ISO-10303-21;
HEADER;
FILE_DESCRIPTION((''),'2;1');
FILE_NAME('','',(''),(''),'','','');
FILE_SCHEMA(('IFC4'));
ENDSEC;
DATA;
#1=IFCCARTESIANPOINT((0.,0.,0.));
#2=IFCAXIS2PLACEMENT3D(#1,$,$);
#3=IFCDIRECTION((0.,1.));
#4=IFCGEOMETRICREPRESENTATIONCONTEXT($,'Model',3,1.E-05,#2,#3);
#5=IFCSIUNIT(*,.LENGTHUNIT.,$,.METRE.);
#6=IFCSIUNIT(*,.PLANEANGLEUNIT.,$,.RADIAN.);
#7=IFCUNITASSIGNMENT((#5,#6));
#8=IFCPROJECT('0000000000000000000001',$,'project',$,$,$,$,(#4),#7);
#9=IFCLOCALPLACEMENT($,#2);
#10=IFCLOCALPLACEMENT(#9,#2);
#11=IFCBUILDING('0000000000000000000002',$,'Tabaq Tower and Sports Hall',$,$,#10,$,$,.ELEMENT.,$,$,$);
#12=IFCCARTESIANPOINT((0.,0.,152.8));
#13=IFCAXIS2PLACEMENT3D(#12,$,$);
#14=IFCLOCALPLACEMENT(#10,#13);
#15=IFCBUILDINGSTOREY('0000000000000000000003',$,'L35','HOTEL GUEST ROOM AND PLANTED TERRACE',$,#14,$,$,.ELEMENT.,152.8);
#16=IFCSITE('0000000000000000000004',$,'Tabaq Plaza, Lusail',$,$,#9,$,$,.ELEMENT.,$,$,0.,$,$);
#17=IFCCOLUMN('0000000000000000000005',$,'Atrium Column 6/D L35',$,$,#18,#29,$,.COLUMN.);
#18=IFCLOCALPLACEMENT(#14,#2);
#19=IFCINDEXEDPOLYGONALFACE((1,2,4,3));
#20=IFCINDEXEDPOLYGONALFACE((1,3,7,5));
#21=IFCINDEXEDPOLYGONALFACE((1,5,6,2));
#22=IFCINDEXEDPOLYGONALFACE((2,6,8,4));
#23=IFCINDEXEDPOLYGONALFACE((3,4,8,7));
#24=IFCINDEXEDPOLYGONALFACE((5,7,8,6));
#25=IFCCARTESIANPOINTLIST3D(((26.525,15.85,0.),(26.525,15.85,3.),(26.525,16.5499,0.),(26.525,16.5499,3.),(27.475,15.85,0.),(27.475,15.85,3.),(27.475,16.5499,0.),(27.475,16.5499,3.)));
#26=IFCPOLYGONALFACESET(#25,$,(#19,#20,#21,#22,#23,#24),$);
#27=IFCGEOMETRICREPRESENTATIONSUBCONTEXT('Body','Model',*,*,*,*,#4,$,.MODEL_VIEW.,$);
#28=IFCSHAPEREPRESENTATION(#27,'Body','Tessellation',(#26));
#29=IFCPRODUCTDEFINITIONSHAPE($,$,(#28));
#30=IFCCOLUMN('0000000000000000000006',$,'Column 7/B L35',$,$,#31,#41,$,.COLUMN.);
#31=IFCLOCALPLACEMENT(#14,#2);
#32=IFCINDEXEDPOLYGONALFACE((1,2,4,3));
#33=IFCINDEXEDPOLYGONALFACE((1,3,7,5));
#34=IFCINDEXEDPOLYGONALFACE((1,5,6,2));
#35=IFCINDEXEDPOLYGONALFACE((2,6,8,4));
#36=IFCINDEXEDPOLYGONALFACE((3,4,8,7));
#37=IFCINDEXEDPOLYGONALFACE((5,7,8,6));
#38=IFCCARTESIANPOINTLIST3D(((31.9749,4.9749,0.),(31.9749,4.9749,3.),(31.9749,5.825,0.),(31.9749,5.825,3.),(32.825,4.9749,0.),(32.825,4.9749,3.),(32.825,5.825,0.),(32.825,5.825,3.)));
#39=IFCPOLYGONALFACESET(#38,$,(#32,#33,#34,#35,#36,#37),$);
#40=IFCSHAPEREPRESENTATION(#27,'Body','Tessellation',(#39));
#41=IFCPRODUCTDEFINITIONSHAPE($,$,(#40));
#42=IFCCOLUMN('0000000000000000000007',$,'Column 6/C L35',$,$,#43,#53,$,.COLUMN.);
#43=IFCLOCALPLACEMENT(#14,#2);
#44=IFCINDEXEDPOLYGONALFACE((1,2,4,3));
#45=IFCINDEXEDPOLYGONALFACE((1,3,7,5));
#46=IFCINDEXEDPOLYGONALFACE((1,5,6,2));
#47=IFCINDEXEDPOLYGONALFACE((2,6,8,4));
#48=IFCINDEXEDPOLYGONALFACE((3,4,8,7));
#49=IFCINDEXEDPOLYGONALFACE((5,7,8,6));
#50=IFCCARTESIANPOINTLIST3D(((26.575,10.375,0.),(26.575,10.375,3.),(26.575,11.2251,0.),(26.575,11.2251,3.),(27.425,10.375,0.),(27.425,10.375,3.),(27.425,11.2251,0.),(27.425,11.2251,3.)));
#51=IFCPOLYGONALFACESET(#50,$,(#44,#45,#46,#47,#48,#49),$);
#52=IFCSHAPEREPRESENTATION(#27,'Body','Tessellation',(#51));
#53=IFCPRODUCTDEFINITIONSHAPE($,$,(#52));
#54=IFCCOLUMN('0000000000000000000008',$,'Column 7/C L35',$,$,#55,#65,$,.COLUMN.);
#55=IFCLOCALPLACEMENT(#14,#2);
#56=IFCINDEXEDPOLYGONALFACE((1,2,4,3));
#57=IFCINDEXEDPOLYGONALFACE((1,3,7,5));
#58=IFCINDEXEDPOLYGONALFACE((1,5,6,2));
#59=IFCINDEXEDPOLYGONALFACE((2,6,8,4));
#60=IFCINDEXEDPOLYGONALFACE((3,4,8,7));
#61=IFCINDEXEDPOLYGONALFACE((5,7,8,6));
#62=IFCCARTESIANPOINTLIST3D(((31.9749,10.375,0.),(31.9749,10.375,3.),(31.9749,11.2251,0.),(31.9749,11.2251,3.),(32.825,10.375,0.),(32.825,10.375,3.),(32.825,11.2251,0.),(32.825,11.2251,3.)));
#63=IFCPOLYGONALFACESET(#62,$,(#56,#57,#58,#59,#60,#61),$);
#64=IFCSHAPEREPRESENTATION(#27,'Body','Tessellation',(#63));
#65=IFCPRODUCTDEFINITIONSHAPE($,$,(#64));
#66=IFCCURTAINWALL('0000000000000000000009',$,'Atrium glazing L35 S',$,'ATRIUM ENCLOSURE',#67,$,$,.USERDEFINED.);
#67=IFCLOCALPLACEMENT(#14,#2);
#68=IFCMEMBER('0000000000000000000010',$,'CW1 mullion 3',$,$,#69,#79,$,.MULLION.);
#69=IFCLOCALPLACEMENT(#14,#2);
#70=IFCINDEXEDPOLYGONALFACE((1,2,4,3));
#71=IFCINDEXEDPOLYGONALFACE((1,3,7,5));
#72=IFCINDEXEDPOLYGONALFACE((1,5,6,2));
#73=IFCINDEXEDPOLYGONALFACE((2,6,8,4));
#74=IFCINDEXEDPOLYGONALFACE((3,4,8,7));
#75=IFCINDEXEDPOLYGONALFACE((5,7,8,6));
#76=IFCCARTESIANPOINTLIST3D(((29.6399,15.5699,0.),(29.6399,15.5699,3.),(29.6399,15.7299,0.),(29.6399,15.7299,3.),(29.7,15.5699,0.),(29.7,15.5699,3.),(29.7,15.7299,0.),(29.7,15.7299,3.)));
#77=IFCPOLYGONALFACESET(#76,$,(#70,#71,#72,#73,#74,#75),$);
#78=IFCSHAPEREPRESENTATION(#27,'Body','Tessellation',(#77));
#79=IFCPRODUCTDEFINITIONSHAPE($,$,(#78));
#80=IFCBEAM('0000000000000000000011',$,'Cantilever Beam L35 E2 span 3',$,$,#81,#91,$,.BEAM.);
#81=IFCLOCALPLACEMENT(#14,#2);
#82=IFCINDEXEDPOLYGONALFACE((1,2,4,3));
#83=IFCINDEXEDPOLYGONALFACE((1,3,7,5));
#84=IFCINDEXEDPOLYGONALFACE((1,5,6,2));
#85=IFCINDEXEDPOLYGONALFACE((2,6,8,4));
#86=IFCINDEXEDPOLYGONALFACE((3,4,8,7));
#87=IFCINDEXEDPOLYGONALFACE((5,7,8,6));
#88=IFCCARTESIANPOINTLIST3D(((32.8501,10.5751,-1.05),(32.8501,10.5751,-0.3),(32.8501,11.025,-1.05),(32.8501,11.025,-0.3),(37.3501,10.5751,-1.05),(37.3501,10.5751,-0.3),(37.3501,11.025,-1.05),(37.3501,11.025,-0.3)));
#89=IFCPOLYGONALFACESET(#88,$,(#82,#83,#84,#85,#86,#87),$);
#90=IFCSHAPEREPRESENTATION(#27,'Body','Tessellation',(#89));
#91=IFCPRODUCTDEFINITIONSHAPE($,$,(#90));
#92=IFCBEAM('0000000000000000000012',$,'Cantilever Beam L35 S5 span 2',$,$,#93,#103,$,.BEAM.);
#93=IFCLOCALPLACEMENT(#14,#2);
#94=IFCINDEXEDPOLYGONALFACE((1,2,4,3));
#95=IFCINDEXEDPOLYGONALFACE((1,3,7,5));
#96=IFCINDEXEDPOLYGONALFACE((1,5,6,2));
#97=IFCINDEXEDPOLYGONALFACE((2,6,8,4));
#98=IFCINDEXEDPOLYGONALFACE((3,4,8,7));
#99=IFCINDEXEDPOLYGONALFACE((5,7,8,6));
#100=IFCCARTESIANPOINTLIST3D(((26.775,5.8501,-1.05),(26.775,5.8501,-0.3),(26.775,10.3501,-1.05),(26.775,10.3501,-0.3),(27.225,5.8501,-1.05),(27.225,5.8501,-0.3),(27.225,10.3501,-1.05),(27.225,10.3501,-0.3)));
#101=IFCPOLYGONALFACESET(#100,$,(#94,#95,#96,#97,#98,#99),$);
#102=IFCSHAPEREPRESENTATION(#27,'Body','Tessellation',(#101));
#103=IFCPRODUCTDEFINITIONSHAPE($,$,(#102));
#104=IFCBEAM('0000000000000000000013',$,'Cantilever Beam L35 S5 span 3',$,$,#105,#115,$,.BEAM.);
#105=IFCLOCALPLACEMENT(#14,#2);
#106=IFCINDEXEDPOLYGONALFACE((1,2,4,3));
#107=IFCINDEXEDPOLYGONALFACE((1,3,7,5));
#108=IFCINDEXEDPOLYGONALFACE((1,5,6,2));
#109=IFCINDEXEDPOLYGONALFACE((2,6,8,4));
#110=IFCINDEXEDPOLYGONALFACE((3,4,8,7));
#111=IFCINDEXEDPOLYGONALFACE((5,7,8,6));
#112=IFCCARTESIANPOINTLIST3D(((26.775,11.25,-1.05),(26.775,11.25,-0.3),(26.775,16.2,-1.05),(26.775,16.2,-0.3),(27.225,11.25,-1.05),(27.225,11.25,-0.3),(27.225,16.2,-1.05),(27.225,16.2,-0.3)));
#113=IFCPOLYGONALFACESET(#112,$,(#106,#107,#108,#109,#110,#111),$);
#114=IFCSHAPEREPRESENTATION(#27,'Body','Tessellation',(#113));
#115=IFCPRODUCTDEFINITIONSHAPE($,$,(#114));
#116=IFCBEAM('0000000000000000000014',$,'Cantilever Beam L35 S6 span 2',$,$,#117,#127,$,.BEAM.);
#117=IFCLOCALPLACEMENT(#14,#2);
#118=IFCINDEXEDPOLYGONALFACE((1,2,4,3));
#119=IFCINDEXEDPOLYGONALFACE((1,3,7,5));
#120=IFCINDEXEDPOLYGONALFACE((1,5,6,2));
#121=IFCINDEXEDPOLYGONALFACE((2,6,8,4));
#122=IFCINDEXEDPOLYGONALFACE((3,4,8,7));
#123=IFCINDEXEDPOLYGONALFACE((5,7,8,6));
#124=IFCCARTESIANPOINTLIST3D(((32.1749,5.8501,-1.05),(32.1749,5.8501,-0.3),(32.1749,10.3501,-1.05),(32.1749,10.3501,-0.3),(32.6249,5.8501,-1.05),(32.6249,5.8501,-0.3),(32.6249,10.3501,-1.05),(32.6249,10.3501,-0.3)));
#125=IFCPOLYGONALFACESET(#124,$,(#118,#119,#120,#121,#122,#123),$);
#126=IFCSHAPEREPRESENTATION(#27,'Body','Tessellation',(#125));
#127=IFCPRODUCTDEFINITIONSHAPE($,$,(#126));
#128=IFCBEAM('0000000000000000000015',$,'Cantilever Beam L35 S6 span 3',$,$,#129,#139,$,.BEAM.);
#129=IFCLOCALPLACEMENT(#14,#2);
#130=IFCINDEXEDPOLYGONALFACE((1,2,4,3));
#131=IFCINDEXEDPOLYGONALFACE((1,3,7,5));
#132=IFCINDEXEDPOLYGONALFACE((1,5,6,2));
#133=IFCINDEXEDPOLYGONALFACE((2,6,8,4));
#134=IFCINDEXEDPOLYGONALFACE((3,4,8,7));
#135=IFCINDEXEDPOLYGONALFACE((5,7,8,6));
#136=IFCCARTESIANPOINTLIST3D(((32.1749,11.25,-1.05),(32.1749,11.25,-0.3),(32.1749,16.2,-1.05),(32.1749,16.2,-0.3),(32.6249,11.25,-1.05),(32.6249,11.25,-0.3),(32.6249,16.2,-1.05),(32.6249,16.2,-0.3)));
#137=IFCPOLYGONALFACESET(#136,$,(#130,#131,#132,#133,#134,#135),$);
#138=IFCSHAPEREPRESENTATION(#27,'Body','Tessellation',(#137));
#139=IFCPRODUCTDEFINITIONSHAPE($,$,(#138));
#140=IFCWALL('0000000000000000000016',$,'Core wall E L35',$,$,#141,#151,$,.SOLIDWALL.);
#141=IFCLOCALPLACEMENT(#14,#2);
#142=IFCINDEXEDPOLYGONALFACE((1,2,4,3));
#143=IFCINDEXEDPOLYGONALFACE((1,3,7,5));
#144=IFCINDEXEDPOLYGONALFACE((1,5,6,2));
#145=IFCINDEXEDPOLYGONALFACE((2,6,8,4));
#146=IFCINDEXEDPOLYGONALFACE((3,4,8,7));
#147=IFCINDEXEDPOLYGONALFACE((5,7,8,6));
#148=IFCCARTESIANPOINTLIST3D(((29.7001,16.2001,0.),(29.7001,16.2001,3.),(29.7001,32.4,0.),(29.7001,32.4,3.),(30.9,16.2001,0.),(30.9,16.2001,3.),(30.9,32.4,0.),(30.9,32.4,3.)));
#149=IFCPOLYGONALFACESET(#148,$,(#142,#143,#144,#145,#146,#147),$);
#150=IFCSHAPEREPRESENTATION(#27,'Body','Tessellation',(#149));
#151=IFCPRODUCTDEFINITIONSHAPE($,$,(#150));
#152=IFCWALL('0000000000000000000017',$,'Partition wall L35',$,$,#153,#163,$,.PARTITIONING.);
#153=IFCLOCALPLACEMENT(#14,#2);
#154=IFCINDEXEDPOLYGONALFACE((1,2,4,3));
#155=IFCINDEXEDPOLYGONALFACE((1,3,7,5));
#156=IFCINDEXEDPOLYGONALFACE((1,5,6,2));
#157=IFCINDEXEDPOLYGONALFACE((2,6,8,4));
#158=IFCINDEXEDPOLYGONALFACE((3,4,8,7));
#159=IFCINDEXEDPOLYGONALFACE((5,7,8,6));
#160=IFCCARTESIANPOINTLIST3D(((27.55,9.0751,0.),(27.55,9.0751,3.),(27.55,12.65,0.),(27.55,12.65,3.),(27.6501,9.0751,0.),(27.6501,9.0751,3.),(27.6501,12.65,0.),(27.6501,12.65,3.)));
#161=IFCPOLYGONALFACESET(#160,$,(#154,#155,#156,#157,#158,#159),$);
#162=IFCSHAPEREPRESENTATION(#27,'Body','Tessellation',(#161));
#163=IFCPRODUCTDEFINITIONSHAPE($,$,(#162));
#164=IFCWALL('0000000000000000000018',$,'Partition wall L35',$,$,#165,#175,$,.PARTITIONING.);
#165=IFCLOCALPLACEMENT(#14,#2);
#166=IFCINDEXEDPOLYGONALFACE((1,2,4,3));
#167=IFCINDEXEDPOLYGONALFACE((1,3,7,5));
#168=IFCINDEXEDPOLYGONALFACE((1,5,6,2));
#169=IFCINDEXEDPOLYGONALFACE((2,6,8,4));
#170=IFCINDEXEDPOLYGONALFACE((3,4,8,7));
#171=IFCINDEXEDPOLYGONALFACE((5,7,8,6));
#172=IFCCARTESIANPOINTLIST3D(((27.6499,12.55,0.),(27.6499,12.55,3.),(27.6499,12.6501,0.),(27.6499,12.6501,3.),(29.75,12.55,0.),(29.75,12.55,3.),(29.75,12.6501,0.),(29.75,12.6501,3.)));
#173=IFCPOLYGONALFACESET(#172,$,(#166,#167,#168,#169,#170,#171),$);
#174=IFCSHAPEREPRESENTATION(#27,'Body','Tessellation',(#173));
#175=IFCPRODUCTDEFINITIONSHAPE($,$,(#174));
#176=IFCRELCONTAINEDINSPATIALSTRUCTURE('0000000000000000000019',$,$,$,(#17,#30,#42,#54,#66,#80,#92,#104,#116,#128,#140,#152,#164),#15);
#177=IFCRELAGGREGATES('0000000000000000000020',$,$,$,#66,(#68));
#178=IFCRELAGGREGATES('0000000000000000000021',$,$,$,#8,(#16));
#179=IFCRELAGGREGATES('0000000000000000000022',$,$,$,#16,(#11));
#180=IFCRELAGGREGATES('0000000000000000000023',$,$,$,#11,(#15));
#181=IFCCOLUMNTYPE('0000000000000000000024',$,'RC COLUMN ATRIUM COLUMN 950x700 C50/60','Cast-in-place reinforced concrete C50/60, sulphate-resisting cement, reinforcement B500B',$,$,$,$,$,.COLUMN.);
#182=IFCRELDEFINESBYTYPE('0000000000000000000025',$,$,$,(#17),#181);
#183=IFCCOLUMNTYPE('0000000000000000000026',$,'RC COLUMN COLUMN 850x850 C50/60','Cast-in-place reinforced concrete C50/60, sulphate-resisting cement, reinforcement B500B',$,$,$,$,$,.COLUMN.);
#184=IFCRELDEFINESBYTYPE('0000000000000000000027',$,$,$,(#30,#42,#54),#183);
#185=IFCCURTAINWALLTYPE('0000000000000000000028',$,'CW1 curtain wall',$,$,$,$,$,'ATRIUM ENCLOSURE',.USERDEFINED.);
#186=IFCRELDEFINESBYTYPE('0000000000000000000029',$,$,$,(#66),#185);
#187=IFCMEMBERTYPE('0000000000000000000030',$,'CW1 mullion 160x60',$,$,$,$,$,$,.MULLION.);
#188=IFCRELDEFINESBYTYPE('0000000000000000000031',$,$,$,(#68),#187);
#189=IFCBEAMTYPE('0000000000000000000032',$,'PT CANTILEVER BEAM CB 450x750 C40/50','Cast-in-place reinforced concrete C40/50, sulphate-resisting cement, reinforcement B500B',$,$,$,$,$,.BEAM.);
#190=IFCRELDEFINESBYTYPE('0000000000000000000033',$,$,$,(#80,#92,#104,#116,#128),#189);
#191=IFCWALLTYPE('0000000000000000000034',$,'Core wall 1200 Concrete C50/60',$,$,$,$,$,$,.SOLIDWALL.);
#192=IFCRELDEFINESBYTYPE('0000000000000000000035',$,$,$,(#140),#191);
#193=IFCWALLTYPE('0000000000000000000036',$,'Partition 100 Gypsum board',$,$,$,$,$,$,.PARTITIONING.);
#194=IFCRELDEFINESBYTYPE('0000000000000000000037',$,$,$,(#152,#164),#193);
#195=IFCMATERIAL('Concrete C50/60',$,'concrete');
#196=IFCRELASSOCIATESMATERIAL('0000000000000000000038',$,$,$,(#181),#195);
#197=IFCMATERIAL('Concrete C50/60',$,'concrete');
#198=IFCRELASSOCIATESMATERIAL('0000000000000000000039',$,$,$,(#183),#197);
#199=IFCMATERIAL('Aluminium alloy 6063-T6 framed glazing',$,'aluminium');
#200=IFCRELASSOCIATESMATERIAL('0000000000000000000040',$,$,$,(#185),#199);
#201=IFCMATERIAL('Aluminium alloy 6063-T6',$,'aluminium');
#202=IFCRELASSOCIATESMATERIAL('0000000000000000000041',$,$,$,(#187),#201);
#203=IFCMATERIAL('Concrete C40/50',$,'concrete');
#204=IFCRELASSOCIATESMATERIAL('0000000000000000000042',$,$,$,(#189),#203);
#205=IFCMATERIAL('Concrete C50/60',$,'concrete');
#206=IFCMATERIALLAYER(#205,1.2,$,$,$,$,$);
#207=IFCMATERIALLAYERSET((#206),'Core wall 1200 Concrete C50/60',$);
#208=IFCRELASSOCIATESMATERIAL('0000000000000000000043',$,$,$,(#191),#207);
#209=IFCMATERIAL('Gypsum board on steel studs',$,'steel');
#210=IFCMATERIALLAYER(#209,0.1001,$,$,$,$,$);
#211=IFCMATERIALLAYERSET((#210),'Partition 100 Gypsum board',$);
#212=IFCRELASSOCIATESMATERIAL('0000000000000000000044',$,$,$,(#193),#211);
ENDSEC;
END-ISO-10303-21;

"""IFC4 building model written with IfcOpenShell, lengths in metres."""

from ifc_helpers import new_model, si_unit, direction, frame, frame_2d, origin, origin_2d, place, context, subcontext, project, spatial, rectangle, extrude, material, layer, layer_set, material_profile, profile_set, type_object, element, aggregate, save


model = new_model("IFC4")

# Units and contexts
model_context = context("Model", 3, precision=1e-05, world=origin(), true_north=direction((0.0, 1.0)))
body_context = subcontext(model_context, "Body", "Model", "MODEL_VIEW")
ifc_project = project(units=[si_unit("LENGTHUNIT", "METRE"), si_unit("PLANEANGLEUNIT", "RADIAN")], contexts=[model_context])

# Site, building, storey
site_placement = place(None, origin())
site = spatial("IfcSite", under=ifc_project, at=site_placement, Name="Tabaq Plaza, Lusail", CompositionType="ELEMENT", RefElevation=0.0)
building_placement = place(site_placement, origin())
building = spatial("IfcBuilding", under=site, at=building_placement, Name="Tabaq Tower and Sports Hall", CompositionType="ELEMENT")
storey_placement = place(building_placement, frame((0.0, 0.0, 152.8)))
storey = spatial("IfcBuildingStorey", under=building, at=storey_placement, Name="L35", Description="HOTEL GUEST ROOM AND PLANTED TERRACE", CompositionType="ELEMENT", Elevation=152.8)

# Columns
ifc_material_1 = material(Name="Concrete C50/60", Category="concrete")
ifc_material_profile_1 = material_profile(ifc_material_1, rectangle(XDim=0.95, YDim=0.7, at=origin_2d()), Name="ATRIUM COLUMN 950x700")
ifc_profile_set_1 = profile_set([ifc_material_profile_1], Name="Concrete C50/60")
column_type_1 = type_object("IfcColumnType", Name="RC COLUMN ATRIUM COLUMN 950x700 C50/60", Description="Cast-in-place reinforced concrete C50/60, sulphate-resisting cement, reinforcement B500B", PredefinedType="COLUMN", material=ifc_profile_set_1)
column_placement = place(storey_placement, frame((27.0, 16.2, 0.0), z_axis=(0.0, 0.0, 1.0), x_axis=(1.0, 0.0, 0.0)))
element("IfcColumn", 1, at=column_placement, inside=storey, type_object=column_type_1, Name="Atrium Column 6/D L35", PredefinedType="COLUMN", context=body_context, shape_type="SweptSolid", body=[
    extrude(rectangle(XDim=0.95, YDim=0.7, at=origin_2d()), origin(), (0.0, 0.0, 1.0), 3.0),
])
ifc_material_2 = material(Name="Concrete C50/60", Category="concrete")
ifc_material_profile_2 = material_profile(ifc_material_2, rectangle(XDim=0.8501, YDim=0.8501, at=origin_2d()), Name="COLUMN 850x850")
ifc_profile_set_2 = profile_set([ifc_material_profile_2], Name="Concrete C50/60")
column_type_2 = type_object("IfcColumnType", Name="RC COLUMN COLUMN 850x850 C50/60", Description="Cast-in-place reinforced concrete C50/60, sulphate-resisting cement, reinforcement B500B", PredefinedType="COLUMN", material=ifc_profile_set_2)
for number, where, z_axis, x_axis, name in (
    (2, (32.3999, 5.3999, 0.0), (0.0, 0.0, 1.0), (1.0, 0.0, 0.0), "Column 7/B L35"),
    (3, (27.0, 10.8, 0.0), (0.0, 0.0, 1.0), (1.0, 0.0, 0.0), "Column 6/C L35"),
    (4, (32.3999, 10.8, 0.0), (0.0, 0.0, 1.0), (1.0, 0.0, 0.0), "Column 7/C L35"),
):
    element("IfcColumn", number, at=place(storey_placement, frame(where, z_axis=z_axis, x_axis=x_axis)), inside=storey, type_object=column_type_2, Name=name, PredefinedType="COLUMN", context=body_context, shape_type="SweptSolid", body=[
        extrude(rectangle(XDim=0.8501, YDim=0.8501, at=origin_2d()), origin(), (0.0, 0.0, 1.0), 3.0),
    ])

# Curtain wall, member
ifc_material_3 = material(Name="Aluminium alloy 6063-T6 framed glazing", Category="aluminium")
curtain_wall_type = type_object("IfcCurtainWallType", Name="CW1 curtain wall", ElementType="ATRIUM ENCLOSURE", PredefinedType="USERDEFINED", material=ifc_material_3)
curtain_wall_placement = place(storey_placement, origin())
curtain_wall = element("IfcCurtainWall", 5, at=curtain_wall_placement, inside=storey, type_object=curtain_wall_type, Name="Atrium glazing L35 S", ObjectType="ATRIUM ENCLOSURE", PredefinedType="USERDEFINED")
ifc_material_4 = material(Name="Aluminium alloy 6063-T6", Category="aluminium")
ifc_material_profile_3 = material_profile(ifc_material_4, rectangle(XDim=0.1599, YDim=0.0601, at=origin_2d()), Name="MULLION 160x60")
ifc_profile_set_3 = profile_set([ifc_material_profile_3], Name="Aluminium alloy 6063-T6")
member_type = type_object("IfcMemberType", Name="CW1 mullion 160x60", PredefinedType="MULLION", material=ifc_profile_set_3)
member_placement = place(storey_placement, frame((29.6699, 15.6499, 0.0), z_axis=(0.0, 0.0, 1.0), x_axis=(0.0, 1.0, 0.0)))
member = element("IfcMember", 6, at=member_placement, type_object=member_type, Name="CW1 mullion 3", PredefinedType="MULLION", context=body_context, shape_type="SweptSolid", body=[
    extrude(rectangle(XDim=0.1599, YDim=0.0601, at=origin_2d()), origin(), (0.0, 0.0, 1.0), 3.0),
])
aggregate(curtain_wall, [member])

# Beams
ifc_material_5 = material(Name="Concrete C40/50", Category="concrete")
ifc_material_profile_4 = material_profile(ifc_material_5, rectangle(XDim=0.45, YDim=0.75, at=origin_2d()), Name="CB 450x750")
ifc_profile_set_4 = profile_set([ifc_material_profile_4], Name="Concrete C40/50")
beam_type = type_object("IfcBeamType", Name="PT CANTILEVER BEAM CB 450x750 C40/50", Description="Cast-in-place reinforced concrete C40/50, sulphate-resisting cement, reinforcement B500B", PredefinedType="BEAM", material=ifc_profile_set_4)
for number, where, z_axis, x_axis, name in (
    (7, (37.3501, 10.8, -0.675), (-1.0, 0.0, 0.0), (0.0, -1.0, 0.0), "Cantilever Beam L35 E2 span 3"),
    (8, (27.0, 5.8501, -0.675), (0.0, 1.0, 0.0), (-1.0, 0.0, 0.0), "Cantilever Beam L35 S5 span 2"),
):
    element("IfcBeam", number, at=place(storey_placement, frame(where, z_axis=z_axis, x_axis=x_axis)), inside=storey, type_object=beam_type, Name=name, PredefinedType="BEAM", context=body_context, shape_type="SweptSolid", body=[
        extrude(rectangle(XDim=0.45, YDim=0.75, at=origin_2d()), origin(), (0.0, 0.0, 1.0), 4.5),
    ])
beam_1_placement = place(storey_placement, frame((27.0, 11.25, -0.675), z_axis=(0.0, 1.0, 0.0), x_axis=(-1.0, 0.0, 0.0)))
element("IfcBeam", 9, at=beam_1_placement, inside=storey, type_object=beam_type, Name="Cantilever Beam L35 S5 span 3", PredefinedType="BEAM", context=body_context, shape_type="SweptSolid", body=[
    extrude(rectangle(XDim=0.45, YDim=0.75, at=origin_2d()), origin(), (0.0, 0.0, 1.0), 4.95),
])
beam_2_placement = place(storey_placement, frame((32.3999, 5.8501, -0.675), z_axis=(0.0, 1.0, 0.0), x_axis=(-1.0, 0.0, 0.0)))
element("IfcBeam", 10, at=beam_2_placement, inside=storey, type_object=beam_type, Name="Cantilever Beam L35 S6 span 2", PredefinedType="BEAM", context=body_context, shape_type="SweptSolid", body=[
    extrude(rectangle(XDim=0.45, YDim=0.75, at=origin_2d()), origin(), (0.0, 0.0, 1.0), 4.5),
])
beam_3_placement = place(storey_placement, frame((32.3999, 11.25, -0.675), z_axis=(0.0, 1.0, 0.0), x_axis=(-1.0, 0.0, 0.0)))
element("IfcBeam", 11, at=beam_3_placement, inside=storey, type_object=beam_type, Name="Cantilever Beam L35 S6 span 3", PredefinedType="BEAM", context=body_context, shape_type="SweptSolid", body=[
    extrude(rectangle(XDim=0.45, YDim=0.75, at=origin_2d()), origin(), (0.0, 0.0, 1.0), 4.95),
])

# Walls
ifc_material_6 = material(Name="Concrete C50/60", Category="concrete")
ifc_layer_1 = layer(ifc_material_6, 1.2)
ifc_layer_set_1 = layer_set([ifc_layer_1], Name="Core wall 1200 Concrete C50/60")
wall_type_1 = type_object("IfcWallType", Name="Core wall 1200 Concrete C50/60", PredefinedType="SOLIDWALL", material=ifc_layer_set_1)
wall_1_placement = place(storey_placement, frame((30.3, 16.2, 0.0), z_axis=(0.0, 0.0, 1.0), x_axis=(0.0, 1.0, 0.0)))
element("IfcWall", 12, at=wall_1_placement, inside=storey, type_object=wall_type_1, Name="Core wall E L35", PredefinedType="SOLIDWALL", context=body_context, shape_type="SweptSolid", body=[
    extrude(rectangle(XDim=16.2, YDim=1.2, at=frame_2d((8.1001, 0.0))), origin(), (0.0, 0.0, 1.0), 3.0),
])
ifc_material_7 = material(Name="Gypsum board on steel studs", Category="steel")
ifc_layer_2 = layer(ifc_material_7, 0.1001)
ifc_layer_set_2 = layer_set([ifc_layer_2], Name="Partition 100 Gypsum board")
wall_type_2 = type_object("IfcWallType", Name="Partition 100 Gypsum board", PredefinedType="PARTITIONING", material=ifc_layer_set_2)
wall_2_placement = place(storey_placement, frame((27.6001, 9.075, 0.0), z_axis=(0.0, 0.0, 1.0), x_axis=(0.0, 1.0, 0.0)))
element("IfcWall", 13, at=wall_2_placement, inside=storey, type_object=wall_type_2, Name="Partition wall L35", PredefinedType="PARTITIONING", context=body_context, shape_type="SweptSolid", body=[
    extrude(rectangle(XDim=3.575, YDim=0.1001, at=frame_2d((1.7876, 0.0))), origin(), (0.0, 0.0, 1.0), 3.0),
])
wall_3_placement = place(storey_placement, frame((27.6499, 12.6001, 0.0), z_axis=(0.0, 0.0, 1.0), x_axis=(1.0, 0.0, 0.0)))
element("IfcWall", 14, at=wall_3_placement, inside=storey, type_object=wall_type_2, Name="Partition wall L35", PredefinedType="PARTITIONING", context=body_context, shape_type="SweptSolid", body=[
    extrude(rectangle(XDim=2.1001, YDim=0.1001, at=frame_2d((1.05, 0.0))), origin(), (0.0, 0.0, 1.0), 3.0),
])

save(model, "model.ifc")
